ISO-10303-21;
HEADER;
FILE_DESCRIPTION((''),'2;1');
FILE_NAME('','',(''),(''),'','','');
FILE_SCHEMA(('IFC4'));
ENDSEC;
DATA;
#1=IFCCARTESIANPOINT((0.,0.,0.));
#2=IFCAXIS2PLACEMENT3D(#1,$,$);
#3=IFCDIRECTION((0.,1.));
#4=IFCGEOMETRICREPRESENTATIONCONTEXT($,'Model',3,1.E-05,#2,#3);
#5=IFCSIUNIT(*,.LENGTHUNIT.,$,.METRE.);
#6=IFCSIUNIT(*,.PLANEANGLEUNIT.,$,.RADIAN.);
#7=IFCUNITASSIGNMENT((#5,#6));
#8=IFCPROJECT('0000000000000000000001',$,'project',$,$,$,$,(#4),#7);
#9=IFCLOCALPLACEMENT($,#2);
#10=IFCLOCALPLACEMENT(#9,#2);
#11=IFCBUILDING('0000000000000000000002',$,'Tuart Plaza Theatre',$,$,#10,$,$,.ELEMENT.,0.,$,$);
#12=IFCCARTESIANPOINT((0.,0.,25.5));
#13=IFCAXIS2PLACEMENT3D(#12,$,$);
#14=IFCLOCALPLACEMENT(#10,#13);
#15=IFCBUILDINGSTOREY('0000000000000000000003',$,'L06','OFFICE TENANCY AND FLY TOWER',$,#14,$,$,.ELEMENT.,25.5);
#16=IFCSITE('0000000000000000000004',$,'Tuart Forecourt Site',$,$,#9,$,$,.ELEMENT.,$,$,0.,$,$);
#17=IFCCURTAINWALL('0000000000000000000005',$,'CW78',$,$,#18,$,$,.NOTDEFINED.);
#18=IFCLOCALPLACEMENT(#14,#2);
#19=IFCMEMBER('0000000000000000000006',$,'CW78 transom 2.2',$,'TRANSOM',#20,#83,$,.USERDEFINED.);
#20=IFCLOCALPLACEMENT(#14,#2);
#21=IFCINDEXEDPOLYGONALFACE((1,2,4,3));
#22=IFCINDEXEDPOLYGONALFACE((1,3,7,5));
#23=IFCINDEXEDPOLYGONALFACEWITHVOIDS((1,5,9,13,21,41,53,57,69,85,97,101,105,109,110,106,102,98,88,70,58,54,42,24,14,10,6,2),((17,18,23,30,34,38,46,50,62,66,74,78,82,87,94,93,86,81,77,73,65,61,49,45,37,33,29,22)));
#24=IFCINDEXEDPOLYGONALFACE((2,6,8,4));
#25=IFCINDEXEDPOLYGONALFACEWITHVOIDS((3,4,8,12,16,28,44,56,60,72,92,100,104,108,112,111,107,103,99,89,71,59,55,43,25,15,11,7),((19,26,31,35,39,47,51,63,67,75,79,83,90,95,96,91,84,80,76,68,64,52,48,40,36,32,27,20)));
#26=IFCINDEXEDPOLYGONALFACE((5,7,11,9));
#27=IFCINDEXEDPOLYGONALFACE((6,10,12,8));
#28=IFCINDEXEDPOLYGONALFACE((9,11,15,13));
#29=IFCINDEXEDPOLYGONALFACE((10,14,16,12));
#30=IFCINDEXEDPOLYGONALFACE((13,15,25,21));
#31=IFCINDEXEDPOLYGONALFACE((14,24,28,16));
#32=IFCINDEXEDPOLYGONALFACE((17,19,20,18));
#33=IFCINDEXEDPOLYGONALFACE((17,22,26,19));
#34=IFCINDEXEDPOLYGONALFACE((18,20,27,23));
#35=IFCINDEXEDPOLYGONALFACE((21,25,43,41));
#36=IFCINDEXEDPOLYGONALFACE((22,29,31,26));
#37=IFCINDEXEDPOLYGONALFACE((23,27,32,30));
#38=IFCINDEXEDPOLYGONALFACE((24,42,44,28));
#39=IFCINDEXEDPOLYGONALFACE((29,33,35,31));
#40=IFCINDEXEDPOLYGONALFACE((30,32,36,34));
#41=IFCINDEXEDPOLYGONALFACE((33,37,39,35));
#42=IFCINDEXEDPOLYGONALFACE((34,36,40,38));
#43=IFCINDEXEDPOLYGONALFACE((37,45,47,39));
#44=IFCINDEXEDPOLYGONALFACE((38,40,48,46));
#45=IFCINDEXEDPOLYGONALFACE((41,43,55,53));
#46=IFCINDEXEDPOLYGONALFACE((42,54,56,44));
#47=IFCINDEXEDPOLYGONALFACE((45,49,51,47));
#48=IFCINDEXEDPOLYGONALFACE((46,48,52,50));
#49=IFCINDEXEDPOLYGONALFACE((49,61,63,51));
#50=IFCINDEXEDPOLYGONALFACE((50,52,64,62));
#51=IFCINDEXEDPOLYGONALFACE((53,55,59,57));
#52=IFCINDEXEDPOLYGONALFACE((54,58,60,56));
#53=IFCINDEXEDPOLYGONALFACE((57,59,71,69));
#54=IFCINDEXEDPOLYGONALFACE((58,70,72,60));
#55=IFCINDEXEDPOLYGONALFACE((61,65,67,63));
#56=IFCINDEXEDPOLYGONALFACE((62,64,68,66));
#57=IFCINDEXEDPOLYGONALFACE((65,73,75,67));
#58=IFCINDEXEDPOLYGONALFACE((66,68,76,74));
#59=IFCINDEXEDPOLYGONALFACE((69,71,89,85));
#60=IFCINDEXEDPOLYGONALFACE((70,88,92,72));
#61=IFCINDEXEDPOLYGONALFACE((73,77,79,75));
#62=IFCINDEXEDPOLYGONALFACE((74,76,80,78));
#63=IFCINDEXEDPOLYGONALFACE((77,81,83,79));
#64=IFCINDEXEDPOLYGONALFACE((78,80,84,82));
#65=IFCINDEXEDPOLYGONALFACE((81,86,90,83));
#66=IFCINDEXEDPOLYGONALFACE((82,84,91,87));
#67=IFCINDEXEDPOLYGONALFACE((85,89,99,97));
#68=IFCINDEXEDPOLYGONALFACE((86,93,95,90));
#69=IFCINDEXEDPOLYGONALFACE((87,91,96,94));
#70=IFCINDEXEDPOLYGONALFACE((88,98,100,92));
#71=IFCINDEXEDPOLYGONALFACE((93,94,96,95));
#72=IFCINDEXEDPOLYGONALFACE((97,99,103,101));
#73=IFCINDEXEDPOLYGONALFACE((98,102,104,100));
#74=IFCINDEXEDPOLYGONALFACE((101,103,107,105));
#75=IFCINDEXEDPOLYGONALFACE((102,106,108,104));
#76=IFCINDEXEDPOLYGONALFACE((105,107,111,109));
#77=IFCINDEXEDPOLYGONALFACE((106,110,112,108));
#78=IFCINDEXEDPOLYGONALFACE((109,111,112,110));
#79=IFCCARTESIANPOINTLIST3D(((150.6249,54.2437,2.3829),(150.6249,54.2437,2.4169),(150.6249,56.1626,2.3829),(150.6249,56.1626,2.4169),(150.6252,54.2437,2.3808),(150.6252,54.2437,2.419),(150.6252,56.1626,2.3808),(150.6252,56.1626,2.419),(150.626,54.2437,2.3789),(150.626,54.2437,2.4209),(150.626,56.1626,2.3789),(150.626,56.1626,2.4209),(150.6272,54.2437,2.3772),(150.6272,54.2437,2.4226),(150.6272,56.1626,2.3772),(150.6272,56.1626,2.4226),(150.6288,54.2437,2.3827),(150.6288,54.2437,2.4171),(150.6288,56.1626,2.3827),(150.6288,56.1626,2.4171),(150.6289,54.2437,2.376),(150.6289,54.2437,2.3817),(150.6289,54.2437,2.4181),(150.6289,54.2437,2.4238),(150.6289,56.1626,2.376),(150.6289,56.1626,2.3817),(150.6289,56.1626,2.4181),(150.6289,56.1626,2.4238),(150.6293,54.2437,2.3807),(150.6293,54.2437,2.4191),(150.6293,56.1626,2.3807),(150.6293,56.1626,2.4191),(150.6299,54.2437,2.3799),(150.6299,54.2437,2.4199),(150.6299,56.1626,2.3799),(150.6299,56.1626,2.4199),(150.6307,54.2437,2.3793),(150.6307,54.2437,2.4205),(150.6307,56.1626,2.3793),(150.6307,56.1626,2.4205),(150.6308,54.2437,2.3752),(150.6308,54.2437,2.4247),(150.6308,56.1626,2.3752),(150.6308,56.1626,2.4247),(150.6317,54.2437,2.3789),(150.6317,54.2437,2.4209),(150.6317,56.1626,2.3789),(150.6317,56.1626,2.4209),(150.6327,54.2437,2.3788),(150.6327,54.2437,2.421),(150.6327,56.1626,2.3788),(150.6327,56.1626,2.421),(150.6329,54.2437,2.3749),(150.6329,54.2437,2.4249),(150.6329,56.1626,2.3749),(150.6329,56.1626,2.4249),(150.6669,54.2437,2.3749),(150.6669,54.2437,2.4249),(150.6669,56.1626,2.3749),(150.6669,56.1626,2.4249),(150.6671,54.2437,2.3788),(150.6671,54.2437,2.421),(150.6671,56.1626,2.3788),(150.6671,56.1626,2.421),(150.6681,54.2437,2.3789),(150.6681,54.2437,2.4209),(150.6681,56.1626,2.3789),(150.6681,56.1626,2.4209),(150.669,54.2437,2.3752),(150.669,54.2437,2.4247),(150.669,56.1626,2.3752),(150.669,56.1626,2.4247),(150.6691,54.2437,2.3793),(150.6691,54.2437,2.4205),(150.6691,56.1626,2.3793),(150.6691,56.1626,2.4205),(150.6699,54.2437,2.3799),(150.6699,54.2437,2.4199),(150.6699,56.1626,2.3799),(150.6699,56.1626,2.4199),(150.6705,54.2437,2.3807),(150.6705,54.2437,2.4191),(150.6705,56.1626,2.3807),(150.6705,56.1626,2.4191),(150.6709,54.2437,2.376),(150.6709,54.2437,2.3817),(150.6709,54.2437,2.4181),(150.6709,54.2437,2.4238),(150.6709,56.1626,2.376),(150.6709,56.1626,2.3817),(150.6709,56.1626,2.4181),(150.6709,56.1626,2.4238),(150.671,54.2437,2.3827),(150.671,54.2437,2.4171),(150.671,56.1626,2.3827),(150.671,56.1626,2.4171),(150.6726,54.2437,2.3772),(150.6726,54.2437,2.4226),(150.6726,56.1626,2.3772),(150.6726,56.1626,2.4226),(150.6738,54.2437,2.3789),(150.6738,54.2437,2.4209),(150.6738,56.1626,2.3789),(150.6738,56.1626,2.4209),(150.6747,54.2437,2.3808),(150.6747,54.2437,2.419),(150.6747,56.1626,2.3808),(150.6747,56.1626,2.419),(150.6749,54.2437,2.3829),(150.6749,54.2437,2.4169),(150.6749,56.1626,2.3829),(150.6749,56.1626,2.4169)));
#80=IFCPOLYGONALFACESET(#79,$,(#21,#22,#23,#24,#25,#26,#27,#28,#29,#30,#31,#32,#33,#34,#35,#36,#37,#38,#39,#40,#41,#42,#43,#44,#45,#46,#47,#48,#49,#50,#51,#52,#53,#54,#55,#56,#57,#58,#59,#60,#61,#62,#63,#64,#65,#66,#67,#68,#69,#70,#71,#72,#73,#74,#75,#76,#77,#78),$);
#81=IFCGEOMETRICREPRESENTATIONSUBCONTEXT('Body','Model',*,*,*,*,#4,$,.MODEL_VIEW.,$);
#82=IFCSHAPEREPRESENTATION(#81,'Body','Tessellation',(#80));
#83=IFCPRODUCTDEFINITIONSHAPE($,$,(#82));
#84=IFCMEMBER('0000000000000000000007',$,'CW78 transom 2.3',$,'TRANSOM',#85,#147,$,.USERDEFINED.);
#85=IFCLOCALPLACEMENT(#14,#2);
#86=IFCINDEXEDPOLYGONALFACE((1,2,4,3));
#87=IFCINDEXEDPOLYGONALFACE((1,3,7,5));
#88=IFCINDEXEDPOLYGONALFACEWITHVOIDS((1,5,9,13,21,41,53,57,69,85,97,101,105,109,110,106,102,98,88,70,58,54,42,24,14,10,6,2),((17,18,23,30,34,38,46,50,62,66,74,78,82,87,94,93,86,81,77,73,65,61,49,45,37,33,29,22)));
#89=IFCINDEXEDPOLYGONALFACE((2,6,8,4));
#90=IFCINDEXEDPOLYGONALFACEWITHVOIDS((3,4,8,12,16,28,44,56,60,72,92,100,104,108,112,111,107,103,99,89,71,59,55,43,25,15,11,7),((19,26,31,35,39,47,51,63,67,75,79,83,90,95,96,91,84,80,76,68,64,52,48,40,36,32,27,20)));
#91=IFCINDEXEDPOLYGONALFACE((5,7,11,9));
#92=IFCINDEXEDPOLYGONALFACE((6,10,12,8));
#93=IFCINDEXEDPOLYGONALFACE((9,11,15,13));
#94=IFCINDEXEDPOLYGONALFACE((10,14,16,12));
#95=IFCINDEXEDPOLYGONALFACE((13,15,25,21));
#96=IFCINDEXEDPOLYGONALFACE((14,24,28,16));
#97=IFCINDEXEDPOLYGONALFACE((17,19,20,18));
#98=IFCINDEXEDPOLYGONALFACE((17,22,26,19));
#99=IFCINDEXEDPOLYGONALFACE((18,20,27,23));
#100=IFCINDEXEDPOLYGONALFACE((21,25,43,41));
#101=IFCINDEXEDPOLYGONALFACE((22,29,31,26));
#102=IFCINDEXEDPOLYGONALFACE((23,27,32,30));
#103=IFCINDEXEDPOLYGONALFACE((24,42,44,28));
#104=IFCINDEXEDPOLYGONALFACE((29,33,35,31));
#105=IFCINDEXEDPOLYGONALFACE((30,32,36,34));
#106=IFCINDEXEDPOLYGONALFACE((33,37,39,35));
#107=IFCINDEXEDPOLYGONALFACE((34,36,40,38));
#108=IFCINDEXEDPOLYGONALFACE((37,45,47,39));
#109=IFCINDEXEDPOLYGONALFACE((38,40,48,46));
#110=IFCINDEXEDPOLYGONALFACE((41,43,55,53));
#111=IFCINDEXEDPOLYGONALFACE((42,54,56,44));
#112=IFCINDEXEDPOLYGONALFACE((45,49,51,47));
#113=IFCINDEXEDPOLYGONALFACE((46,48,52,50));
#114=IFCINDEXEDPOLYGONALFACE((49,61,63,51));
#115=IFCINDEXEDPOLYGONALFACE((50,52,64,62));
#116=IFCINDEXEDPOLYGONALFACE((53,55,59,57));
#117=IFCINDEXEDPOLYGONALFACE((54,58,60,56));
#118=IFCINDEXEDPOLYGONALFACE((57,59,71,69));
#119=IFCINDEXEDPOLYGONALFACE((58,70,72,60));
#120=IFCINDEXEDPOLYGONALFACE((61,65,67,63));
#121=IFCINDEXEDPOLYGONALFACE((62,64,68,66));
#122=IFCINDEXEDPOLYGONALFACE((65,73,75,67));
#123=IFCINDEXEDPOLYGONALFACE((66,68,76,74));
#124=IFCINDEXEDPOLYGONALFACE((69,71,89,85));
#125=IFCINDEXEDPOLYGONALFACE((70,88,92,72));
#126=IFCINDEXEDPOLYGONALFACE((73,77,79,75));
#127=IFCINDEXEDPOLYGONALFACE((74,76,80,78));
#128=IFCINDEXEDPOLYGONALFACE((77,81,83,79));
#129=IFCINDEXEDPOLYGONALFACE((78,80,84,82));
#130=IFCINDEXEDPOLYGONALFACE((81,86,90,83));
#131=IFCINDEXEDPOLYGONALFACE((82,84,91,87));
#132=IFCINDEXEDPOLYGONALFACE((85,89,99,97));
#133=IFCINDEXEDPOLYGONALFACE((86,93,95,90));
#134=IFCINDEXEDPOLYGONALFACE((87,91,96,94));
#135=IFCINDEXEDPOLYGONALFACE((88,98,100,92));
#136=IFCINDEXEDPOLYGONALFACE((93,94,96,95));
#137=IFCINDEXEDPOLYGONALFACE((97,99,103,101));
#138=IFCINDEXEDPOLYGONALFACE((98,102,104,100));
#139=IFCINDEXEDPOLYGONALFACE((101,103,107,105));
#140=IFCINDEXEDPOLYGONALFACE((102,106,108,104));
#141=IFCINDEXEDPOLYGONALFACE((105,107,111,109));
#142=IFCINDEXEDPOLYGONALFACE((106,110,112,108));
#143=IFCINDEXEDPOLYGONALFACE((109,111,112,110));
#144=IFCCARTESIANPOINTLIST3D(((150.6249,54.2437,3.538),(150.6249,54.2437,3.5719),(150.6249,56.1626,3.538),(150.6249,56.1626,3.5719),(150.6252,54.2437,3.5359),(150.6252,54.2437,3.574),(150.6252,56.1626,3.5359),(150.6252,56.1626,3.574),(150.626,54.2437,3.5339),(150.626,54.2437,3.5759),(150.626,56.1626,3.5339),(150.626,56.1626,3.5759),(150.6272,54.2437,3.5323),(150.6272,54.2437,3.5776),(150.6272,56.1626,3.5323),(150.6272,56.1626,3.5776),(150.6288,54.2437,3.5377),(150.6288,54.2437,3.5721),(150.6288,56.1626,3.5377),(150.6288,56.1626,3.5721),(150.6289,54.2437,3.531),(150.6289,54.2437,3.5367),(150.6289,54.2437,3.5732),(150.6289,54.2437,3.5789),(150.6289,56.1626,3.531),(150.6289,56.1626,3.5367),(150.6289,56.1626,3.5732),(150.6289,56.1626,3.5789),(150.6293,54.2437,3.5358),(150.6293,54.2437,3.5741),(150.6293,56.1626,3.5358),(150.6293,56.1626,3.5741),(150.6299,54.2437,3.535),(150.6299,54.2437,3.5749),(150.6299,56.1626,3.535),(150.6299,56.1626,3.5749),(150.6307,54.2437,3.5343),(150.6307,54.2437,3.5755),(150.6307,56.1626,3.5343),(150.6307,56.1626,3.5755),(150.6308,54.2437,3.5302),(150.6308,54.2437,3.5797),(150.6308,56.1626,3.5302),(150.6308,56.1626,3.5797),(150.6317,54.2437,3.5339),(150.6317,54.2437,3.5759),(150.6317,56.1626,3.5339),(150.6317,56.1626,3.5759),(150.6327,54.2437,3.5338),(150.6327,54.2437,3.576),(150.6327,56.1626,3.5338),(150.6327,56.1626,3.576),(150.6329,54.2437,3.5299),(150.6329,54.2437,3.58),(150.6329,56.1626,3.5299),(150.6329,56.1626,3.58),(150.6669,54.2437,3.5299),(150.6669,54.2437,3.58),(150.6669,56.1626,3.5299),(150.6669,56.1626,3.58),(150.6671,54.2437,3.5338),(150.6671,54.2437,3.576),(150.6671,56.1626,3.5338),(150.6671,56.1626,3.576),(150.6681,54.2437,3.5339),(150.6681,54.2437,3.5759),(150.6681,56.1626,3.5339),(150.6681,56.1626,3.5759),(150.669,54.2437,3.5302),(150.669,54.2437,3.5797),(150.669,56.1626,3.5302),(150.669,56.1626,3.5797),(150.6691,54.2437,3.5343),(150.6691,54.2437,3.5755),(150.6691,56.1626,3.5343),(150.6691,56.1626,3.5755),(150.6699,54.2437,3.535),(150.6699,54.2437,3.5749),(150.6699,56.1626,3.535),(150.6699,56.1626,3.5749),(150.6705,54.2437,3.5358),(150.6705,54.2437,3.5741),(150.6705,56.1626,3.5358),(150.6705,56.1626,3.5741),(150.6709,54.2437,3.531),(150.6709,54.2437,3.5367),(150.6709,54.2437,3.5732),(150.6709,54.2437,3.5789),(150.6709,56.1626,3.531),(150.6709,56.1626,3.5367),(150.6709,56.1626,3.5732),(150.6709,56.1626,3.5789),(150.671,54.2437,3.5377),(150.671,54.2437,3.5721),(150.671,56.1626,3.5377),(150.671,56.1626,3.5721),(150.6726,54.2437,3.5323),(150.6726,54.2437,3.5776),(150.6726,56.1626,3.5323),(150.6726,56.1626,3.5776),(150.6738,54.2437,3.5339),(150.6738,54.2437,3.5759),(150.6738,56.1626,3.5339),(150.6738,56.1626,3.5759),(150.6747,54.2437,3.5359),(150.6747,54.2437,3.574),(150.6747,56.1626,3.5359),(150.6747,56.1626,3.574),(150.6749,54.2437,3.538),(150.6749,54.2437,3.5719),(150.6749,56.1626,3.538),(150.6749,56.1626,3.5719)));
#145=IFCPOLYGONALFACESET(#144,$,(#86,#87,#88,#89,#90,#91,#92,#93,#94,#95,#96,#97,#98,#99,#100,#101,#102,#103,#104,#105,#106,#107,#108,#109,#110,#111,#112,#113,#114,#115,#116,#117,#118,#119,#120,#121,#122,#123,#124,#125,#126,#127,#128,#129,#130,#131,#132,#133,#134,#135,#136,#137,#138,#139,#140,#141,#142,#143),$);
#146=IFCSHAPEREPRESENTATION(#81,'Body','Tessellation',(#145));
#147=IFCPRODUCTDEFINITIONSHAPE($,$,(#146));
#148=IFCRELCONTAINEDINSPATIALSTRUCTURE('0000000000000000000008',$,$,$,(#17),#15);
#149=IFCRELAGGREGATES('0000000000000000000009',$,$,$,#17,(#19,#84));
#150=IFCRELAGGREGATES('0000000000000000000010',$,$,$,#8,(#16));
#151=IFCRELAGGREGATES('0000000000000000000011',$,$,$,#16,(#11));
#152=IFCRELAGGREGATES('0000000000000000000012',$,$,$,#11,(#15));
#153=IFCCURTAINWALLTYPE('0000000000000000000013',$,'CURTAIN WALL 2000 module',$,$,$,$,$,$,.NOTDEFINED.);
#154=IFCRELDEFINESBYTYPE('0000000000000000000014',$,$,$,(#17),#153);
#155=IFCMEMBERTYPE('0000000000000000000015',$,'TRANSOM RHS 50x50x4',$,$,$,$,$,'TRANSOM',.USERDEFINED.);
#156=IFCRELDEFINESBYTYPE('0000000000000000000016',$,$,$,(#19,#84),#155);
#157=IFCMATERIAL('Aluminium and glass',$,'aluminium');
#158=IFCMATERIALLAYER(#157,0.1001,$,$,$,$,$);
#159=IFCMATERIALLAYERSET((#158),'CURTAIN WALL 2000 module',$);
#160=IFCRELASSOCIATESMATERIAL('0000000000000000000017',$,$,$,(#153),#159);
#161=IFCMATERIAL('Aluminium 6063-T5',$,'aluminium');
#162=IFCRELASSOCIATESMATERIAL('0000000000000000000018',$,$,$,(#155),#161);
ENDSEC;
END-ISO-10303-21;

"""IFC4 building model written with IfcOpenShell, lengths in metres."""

from ifc_helpers import new_model, si_unit, direction, frame, origin, origin_2d, place, context, subcontext, project, spatial, hollow_rectangle, extrude, material, layer, layer_set, material_profile, profile_set, type_object, element, aggregate, save


model = new_model("IFC4")

# Units and contexts
model_context = context("Model", 3, precision=1e-05, world=origin(), true_north=direction((0.0, 1.0)))
body_context = subcontext(model_context, "Body", "Model", "MODEL_VIEW")
ifc_project = project(units=[si_unit("LENGTHUNIT", "METRE"), si_unit("PLANEANGLEUNIT", "RADIAN")], contexts=[model_context])

# Site, building, storey
site_placement = place(None, origin())
site = spatial("IfcSite", under=ifc_project, at=site_placement, Name="Tuart Forecourt Site", CompositionType="ELEMENT", RefElevation=0.0)
building_placement = place(site_placement, origin())
building = spatial("IfcBuilding", under=site, at=building_placement, Name="Tuart Plaza Theatre", CompositionType="ELEMENT", ElevationOfRefHeight=0.0)
storey_placement = place(building_placement, frame((0.0, 0.0, 25.5)))
storey = spatial("IfcBuildingStorey", under=building, at=storey_placement, Name="L06", Description="OFFICE TENANCY AND FLY TOWER", CompositionType="ELEMENT", Elevation=25.5)

# Curtain wall
ifc_material_1 = material(Name="Aluminium and glass", Category="aluminium")
ifc_layer_1 = layer(ifc_material_1, 0.1001)
ifc_layer_set_1 = layer_set([ifc_layer_1], Name="CURTAIN WALL 2000 module")
curtain_wall_type = type_object("IfcCurtainWallType", Name="CURTAIN WALL 2000 module", PredefinedType="NOTDEFINED", material=ifc_layer_set_1)
curtain_wall_1_placement = place(storey_placement, origin())
curtain_wall_1 = element("IfcCurtainWall", 1, at=curtain_wall_1_placement, inside=storey, type_object=curtain_wall_type, Name="CW78", PredefinedType="NOTDEFINED")

# Members
ifc_material_2 = material(Name="Aluminium 6063-T5", Category="aluminium")
ifc_material_profile_1 = material_profile(ifc_material_2, hollow_rectangle(XDim=0.05, YDim=0.05, WallThickness=0.0039, InnerFilletRadius=0.0039, OuterFilletRadius=0.0081, at=origin_2d()), Name="RHS 50x50x4")
ifc_profile_set_1 = profile_set([ifc_material_profile_1], Name="Aluminium 6063-T5")
member_type_1 = type_object("IfcMemberType", Name="TRANSOM RHS 50x50x4", ElementType="TRANSOM", PredefinedType="USERDEFINED", material=ifc_profile_set_1)
member_1_placement = place(storey_placement, frame((150.6499, 54.2437, 2.3999), z_axis=(0.0, 1.0, 0.0), x_axis=(-1.0, 0.0, 0.0)))
member_1 = element("IfcMember", 2, at=member_1_placement, type_object=member_type_1, Name="CW78 transom 2.2", ObjectType="TRANSOM", PredefinedType="USERDEFINED", context=body_context, shape_type="SweptSolid", body=[
    extrude(hollow_rectangle(XDim=0.05, YDim=0.05, WallThickness=0.0039, InnerFilletRadius=0.0039, OuterFilletRadius=0.0081, at=origin_2d()), origin(), (0.0, 0.0, 1.0), 1.9189),
])
member_2_placement = place(storey_placement, frame((150.6499, 54.2437, 3.5549), z_axis=(0.0, 1.0, 0.0), x_axis=(-1.0, 0.0, 0.0)))
member_2 = element("IfcMember", 3, at=member_2_placement, type_object=member_type_1, Name="CW78 transom 2.3", ObjectType="TRANSOM", PredefinedType="USERDEFINED", context=body_context, shape_type="SweptSolid", body=[
    extrude(hollow_rectangle(XDim=0.05, YDim=0.05, WallThickness=0.0039, InnerFilletRadius=0.0039, OuterFilletRadius=0.0081, at=origin_2d()), origin(), (0.0, 0.0, 1.0), 1.9189),
])

aggregate(curtain_wall_1, [member_1, member_2])

save(model, "model.ifc")
